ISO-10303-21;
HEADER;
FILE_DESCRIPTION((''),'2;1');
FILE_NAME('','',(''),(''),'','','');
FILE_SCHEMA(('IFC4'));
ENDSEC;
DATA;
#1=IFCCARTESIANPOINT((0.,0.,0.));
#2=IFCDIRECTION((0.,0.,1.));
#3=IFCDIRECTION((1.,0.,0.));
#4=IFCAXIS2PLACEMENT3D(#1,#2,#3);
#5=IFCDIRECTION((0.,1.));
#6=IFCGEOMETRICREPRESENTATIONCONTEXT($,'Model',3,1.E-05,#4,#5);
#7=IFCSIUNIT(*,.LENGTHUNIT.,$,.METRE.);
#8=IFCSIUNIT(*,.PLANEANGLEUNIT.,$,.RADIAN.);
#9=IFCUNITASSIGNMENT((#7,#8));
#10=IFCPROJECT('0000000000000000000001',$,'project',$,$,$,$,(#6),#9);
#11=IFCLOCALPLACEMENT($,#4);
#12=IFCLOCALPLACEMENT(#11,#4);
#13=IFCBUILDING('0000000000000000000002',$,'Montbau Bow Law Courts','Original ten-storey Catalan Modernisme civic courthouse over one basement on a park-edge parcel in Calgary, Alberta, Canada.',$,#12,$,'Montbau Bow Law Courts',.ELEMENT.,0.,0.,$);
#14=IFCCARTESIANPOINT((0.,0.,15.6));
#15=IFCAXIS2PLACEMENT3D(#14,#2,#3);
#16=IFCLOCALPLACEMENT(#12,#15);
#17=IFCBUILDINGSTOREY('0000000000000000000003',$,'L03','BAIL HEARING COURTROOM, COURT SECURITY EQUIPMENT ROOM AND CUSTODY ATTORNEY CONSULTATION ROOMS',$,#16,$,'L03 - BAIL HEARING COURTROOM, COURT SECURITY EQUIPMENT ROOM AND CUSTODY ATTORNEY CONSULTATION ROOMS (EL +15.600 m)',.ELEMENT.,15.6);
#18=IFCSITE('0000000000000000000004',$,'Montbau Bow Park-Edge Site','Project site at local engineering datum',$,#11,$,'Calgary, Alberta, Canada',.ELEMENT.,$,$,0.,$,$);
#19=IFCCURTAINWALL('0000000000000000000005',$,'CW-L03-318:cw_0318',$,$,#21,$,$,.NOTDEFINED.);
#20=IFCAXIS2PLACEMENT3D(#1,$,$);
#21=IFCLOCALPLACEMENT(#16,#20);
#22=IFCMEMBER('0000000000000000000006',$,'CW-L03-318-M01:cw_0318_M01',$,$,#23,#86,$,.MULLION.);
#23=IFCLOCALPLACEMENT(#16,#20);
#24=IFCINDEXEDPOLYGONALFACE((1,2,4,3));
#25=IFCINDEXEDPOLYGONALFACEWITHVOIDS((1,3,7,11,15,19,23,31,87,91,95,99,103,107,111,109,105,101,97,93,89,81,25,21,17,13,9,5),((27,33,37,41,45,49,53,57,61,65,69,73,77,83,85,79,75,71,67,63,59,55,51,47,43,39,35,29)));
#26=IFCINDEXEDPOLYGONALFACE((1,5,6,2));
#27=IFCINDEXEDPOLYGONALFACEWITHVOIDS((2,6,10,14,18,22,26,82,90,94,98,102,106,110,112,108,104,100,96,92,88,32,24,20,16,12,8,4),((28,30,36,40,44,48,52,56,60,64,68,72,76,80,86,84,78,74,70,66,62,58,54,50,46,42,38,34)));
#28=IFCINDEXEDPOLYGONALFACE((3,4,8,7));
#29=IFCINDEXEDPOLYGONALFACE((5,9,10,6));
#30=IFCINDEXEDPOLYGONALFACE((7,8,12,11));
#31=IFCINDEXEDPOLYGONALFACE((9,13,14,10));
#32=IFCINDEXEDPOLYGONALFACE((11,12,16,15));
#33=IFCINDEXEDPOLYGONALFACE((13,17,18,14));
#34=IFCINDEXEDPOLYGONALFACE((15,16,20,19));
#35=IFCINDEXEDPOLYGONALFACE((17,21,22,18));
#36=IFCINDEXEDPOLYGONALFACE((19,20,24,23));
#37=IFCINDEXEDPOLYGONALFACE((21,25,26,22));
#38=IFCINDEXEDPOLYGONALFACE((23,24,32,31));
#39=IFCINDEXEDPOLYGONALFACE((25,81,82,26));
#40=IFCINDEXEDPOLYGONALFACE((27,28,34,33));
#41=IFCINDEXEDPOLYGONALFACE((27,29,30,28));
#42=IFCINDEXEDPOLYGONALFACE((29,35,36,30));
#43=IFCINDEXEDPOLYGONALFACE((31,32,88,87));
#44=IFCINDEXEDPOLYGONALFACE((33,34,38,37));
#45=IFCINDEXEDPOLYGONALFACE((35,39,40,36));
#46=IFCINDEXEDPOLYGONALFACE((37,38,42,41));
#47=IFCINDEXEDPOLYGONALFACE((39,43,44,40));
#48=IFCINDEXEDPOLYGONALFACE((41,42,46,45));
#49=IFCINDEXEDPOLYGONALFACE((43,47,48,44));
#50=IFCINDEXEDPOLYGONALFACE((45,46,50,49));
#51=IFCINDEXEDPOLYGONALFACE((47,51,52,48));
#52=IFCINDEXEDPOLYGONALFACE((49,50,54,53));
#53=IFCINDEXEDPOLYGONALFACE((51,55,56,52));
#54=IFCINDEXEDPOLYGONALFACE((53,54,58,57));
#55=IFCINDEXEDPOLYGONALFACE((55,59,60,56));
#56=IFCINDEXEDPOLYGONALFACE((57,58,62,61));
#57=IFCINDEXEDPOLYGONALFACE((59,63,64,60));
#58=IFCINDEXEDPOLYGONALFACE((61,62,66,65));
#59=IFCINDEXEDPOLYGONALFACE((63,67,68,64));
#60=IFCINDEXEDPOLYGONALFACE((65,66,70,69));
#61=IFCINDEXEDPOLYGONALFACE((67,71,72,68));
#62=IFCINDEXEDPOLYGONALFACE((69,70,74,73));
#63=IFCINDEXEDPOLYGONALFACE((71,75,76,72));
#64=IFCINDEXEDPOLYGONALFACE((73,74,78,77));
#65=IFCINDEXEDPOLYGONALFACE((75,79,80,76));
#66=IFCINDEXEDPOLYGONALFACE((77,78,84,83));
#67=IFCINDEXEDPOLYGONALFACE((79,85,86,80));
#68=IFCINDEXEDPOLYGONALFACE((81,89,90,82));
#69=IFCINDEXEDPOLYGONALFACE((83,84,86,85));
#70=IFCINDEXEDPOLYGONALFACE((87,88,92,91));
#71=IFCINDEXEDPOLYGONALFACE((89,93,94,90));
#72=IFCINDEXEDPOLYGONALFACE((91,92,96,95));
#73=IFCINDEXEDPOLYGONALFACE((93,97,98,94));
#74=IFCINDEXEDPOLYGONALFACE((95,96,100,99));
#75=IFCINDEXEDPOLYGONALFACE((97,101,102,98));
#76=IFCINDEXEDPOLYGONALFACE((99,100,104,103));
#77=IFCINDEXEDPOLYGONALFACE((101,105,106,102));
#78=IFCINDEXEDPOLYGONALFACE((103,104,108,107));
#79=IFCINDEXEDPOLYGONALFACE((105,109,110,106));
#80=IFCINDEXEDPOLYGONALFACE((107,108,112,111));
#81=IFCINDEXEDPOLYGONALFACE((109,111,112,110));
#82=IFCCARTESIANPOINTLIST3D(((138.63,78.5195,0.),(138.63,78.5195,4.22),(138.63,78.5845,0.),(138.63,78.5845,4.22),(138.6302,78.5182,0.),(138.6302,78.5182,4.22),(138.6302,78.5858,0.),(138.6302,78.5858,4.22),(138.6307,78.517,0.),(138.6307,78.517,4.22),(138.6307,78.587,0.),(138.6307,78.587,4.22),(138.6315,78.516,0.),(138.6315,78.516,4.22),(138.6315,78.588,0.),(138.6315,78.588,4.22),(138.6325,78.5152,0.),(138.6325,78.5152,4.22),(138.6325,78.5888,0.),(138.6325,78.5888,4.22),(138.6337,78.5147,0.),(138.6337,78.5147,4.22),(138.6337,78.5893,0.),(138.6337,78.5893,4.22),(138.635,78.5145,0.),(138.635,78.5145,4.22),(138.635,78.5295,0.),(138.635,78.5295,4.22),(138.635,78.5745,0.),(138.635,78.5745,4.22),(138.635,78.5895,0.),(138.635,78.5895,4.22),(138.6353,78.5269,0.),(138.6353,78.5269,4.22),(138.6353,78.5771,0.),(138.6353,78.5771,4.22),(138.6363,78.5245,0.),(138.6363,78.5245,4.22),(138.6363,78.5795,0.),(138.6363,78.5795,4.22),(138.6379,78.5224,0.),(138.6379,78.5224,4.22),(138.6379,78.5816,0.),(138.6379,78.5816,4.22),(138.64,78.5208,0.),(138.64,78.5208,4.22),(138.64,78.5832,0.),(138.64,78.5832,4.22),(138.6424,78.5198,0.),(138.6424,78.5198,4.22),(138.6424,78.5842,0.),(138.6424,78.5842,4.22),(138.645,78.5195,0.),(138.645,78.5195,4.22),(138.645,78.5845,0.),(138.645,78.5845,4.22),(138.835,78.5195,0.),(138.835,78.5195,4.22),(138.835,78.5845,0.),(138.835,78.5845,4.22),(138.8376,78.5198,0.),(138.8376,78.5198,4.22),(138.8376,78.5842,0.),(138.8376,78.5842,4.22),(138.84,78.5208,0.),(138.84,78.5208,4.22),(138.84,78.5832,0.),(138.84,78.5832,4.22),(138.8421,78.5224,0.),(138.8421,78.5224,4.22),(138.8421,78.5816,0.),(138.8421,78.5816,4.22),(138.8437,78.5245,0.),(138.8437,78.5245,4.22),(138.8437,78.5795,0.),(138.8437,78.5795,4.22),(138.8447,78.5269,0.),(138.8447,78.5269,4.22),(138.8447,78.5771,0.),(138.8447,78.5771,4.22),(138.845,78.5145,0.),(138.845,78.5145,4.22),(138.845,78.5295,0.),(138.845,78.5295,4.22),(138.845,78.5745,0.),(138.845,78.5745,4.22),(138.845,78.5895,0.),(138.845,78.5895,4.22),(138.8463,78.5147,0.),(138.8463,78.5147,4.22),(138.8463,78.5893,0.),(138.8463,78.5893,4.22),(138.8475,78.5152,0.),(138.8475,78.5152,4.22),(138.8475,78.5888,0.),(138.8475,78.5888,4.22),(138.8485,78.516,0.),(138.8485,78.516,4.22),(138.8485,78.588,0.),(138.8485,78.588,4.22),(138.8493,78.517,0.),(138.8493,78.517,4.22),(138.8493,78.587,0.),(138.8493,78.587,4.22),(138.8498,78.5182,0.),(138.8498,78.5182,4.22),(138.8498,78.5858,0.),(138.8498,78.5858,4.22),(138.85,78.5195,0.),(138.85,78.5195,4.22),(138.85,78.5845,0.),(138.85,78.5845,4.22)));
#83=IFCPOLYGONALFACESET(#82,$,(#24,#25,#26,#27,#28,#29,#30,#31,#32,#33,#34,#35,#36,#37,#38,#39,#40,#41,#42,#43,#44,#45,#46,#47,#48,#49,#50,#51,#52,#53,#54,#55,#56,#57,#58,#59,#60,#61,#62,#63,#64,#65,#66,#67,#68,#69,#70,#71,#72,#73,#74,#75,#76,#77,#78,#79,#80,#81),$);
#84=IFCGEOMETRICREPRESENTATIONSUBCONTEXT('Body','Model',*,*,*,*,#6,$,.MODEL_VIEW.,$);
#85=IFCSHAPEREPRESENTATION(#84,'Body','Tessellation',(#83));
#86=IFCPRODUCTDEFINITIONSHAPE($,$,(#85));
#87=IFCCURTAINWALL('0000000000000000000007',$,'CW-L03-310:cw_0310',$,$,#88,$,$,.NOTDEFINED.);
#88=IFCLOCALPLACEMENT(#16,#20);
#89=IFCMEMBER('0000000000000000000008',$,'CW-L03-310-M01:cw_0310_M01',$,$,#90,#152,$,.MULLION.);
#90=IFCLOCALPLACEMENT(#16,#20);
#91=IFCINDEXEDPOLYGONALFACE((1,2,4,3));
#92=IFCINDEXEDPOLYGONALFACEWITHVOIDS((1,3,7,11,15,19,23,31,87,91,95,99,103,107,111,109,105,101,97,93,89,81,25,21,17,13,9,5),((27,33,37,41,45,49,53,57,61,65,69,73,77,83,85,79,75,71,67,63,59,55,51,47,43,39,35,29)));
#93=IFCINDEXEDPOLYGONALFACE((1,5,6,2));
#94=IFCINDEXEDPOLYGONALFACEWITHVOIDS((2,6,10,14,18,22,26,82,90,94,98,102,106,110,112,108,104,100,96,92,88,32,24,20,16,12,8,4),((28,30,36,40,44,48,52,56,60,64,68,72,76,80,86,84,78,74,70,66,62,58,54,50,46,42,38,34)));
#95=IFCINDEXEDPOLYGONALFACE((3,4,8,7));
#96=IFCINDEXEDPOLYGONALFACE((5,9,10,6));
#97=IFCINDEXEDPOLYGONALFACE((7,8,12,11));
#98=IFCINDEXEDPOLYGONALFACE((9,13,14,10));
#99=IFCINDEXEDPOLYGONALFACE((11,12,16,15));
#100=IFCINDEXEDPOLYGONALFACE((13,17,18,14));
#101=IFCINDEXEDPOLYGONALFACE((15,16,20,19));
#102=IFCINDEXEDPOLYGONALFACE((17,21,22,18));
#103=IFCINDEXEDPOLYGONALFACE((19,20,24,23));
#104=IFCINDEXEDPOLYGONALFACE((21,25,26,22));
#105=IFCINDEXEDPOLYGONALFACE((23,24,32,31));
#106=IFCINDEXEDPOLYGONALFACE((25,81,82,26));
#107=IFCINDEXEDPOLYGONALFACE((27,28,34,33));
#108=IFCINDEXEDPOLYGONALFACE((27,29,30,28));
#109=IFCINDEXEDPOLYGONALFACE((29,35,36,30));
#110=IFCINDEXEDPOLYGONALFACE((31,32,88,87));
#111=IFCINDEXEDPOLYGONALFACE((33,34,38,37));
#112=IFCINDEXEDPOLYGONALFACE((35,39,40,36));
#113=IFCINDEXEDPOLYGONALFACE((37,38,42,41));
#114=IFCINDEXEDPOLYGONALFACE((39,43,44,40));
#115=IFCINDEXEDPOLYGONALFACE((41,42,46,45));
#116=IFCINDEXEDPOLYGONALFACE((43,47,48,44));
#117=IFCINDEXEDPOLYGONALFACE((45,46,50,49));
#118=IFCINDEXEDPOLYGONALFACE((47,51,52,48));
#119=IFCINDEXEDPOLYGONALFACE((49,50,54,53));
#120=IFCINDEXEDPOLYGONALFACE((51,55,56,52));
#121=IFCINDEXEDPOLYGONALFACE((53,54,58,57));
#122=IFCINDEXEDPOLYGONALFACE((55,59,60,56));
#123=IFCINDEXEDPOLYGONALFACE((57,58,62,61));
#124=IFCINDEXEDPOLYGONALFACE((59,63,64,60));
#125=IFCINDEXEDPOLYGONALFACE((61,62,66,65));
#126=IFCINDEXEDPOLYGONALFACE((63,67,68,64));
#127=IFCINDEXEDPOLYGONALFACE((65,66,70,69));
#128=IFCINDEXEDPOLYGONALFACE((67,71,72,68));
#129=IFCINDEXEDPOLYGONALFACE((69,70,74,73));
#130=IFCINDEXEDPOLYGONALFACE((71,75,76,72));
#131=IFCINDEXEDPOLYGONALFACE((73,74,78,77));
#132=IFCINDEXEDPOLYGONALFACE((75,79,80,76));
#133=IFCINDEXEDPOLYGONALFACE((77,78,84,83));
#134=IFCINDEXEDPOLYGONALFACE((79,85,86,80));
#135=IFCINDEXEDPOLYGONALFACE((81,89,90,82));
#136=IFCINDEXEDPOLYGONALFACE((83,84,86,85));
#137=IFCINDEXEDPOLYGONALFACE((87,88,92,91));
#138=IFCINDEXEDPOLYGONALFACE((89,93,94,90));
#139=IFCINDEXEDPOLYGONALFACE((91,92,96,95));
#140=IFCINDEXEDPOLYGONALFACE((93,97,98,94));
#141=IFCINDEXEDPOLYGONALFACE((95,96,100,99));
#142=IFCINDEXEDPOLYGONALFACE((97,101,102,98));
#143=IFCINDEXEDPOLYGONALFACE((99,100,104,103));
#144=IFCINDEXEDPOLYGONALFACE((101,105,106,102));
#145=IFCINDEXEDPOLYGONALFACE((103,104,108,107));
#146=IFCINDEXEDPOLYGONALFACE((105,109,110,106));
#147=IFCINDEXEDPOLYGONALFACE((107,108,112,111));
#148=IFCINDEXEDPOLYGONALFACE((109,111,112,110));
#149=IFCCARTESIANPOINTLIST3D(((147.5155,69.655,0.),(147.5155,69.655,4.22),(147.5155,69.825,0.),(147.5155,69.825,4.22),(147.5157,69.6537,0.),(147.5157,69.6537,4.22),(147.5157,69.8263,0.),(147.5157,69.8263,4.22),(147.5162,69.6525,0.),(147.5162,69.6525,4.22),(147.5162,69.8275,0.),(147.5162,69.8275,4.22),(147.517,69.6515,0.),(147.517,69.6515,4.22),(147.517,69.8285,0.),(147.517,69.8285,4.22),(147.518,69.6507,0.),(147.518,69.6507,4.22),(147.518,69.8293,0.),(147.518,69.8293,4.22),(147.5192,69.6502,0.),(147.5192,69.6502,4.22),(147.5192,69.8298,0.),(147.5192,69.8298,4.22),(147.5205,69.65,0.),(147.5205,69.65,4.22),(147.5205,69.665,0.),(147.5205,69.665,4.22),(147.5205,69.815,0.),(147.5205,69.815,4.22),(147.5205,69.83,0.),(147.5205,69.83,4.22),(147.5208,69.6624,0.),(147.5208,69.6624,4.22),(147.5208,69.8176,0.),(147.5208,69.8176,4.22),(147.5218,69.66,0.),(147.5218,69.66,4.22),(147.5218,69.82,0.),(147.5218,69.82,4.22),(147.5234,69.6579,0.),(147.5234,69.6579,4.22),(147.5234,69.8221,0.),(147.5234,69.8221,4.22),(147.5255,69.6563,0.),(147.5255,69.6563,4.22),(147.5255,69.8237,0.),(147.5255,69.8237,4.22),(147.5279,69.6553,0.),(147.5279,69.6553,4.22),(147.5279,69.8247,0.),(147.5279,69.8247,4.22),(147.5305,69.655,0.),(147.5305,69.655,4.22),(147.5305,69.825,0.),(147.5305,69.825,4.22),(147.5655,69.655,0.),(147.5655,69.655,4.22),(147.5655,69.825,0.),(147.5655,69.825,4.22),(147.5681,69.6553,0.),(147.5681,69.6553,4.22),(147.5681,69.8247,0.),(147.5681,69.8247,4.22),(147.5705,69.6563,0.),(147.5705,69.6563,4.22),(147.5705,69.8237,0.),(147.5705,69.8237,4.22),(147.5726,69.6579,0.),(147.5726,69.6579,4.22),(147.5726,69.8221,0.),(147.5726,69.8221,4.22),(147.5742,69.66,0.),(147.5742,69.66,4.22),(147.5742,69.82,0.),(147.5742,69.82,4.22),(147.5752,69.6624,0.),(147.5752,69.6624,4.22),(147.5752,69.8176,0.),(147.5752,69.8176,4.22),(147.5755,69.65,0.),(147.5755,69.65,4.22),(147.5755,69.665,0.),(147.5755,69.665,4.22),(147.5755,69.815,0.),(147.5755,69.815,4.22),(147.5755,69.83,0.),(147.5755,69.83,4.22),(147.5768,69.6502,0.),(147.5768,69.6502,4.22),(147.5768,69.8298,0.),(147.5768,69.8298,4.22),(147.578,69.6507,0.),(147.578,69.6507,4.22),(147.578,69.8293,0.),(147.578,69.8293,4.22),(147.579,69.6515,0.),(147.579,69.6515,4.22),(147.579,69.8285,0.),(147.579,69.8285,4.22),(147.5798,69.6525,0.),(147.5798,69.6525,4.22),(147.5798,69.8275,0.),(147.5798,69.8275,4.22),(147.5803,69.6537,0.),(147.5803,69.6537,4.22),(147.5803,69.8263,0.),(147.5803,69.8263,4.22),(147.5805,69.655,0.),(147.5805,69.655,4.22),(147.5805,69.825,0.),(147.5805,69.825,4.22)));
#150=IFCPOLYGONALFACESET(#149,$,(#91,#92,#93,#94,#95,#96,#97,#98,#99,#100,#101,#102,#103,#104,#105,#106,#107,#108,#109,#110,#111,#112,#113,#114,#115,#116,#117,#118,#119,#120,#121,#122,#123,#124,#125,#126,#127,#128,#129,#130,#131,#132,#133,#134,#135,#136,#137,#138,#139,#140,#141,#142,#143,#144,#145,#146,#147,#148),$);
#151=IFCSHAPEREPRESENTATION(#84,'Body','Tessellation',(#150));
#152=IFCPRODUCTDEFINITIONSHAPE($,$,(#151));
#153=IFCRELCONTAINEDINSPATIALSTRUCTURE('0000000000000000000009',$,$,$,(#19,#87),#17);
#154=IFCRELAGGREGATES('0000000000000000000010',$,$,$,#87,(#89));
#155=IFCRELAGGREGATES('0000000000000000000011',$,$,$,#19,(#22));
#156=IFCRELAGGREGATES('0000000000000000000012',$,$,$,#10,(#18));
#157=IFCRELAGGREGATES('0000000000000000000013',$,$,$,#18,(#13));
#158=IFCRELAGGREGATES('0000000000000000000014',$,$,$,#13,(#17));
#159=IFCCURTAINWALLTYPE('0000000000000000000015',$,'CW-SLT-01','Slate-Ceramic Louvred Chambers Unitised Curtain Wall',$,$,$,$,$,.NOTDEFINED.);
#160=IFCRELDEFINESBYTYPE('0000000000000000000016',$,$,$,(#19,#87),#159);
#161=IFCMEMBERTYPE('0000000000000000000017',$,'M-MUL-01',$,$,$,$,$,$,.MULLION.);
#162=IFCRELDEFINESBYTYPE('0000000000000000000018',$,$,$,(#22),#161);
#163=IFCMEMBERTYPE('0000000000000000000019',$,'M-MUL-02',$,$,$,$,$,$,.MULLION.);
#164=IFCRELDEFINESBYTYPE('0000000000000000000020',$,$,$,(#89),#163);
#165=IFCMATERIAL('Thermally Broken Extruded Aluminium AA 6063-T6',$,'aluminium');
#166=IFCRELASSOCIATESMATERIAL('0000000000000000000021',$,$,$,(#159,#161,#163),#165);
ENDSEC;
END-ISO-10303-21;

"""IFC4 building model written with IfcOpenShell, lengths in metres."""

from ifc_helpers import new_model, si_unit, direction, frame, origin_with_axes, origin_2d_with_axis, place, context, subcontext, project, spatial, hollow_rectangle, extrude, material, material_profile, profile_set, type_object, element, aggregate, save


model = new_model("IFC4")

# Units and contexts
model_context = context("Model", 3, precision=1e-05, world=origin_with_axes(), true_north=direction((0.0, 1.0)))
body_context = subcontext(model_context, "Body", "Model", "MODEL_VIEW")
ifc_project = project(units=[si_unit("LENGTHUNIT", "METRE"), si_unit("PLANEANGLEUNIT", "RADIAN")], contexts=[model_context])

# Site, building, storey
site_placement = place(None, origin_with_axes())
site = spatial("IfcSite", under=ifc_project, at=site_placement, Name="Montbau Bow Park-Edge Site", Description="Project site at local engineering datum", LongName="Calgary, Alberta, Canada", CompositionType="ELEMENT", RefElevation=0.0)
building_placement = place(site_placement, origin_with_axes())
building = spatial("IfcBuilding", under=site, at=building_placement, Name="Montbau Bow Law Courts", Description="Original ten-storey Catalan Modernisme civic courthouse over one basement on a park-edge parcel in Calgary, Alberta, Canada.", LongName="Montbau Bow Law Courts", CompositionType="ELEMENT", ElevationOfRefHeight=0.0, ElevationOfTerrain=0.0)
storey_placement = place(building_placement, frame((0.0, 0.0, 15.6), z_axis=(0.0, 0.0, 1.0), x_axis=(1.0, 0.0, 0.0)))
storey = spatial("IfcBuildingStorey", under=building, at=storey_placement, Name="L03", Description="BAIL HEARING COURTROOM, COURT SECURITY EQUIPMENT ROOM AND CUSTODY ATTORNEY CONSULTATION ROOMS", LongName="L03 - BAIL HEARING COURTROOM, COURT SECURITY EQUIPMENT ROOM AND CUSTODY ATTORNEY CONSULTATION ROOMS (EL +15.600 m)", CompositionType="ELEMENT", Elevation=15.6)

# Curtain wall, member
ifc_material_1 = material(Name="Thermally Broken Extruded Aluminium AA 6063-T6", Category="aluminium")
curtain_wall_type = type_object("IfcCurtainWallType", Name="CW-SLT-01", Description="Slate-Ceramic Louvred Chambers Unitised Curtain Wall", PredefinedType="NOTDEFINED", material=ifc_material_1)
curtain_wall_1_placement = place(None, frame((138.74, 78.515, 15.6), z_axis=(0.0, 0.0, 1.0), x_axis=(1.0, 0.0, 0.0)))
curtain_wall_1 = element("IfcCurtainWall", 1, at=curtain_wall_1_placement, inside=storey, type_object=curtain_wall_type, Name="CW-L03-318:cw_0318", PredefinedType="NOTDEFINED")
ifc_material_profile_1 = material_profile(ifc_material_1, hollow_rectangle(XDim=0.075, YDim=0.22, WallThickness=0.005, InnerFilletRadius=0.01, OuterFilletRadius=0.005, at=origin_2d_with_axis()), Name="CWM-220X75", Category="Main", Priority=0)
ifc_profile_set_1 = profile_set([ifc_material_profile_1], Name="Thermally Broken Extruded Aluminium AA 6063-T6")
member_type_1 = type_object("IfcMemberType", Name="M-MUL-01", PredefinedType="MULLION", material=ifc_profile_set_1)
member_1_placement = place(None, frame((138.74, 78.552, 15.6), z_axis=(0.0, 0.0, 1.0), x_axis=(0.0, 1.0, 0.0)))
member_1 = element("IfcMember", 2, at=member_1_placement, type_object=member_type_1, Name="CW-L03-318-M01:cw_0318_M01", PredefinedType="MULLION", context=body_context, shape_type="SweptSolid", body=[
    extrude(hollow_rectangle(XDim=0.075, YDim=0.22, WallThickness=0.005, InnerFilletRadius=0.01, OuterFilletRadius=0.005, at=origin_2d_with_axis()), origin_with_axes(), (0.0, 0.0, 1.0), 4.22),
])

# Curtain wall, member
curtain_wall_2_placement = place(None, frame((147.515, 69.74, 15.6), z_axis=(0.0, 0.0, 1.0), x_axis=(1.0, 0.0, 0.0)))
curtain_wall_2 = element("IfcCurtainWall", 3, at=curtain_wall_2_placement, inside=storey, type_object=curtain_wall_type, Name="CW-L03-310:cw_0310", PredefinedType="NOTDEFINED")
ifc_material_profile_2 = material_profile(ifc_material_1, hollow_rectangle(XDim=0.065, YDim=0.18, WallThickness=0.005, InnerFilletRadius=0.01, OuterFilletRadius=0.005, at=origin_2d_with_axis()), Name="CWM-180X65", Category="Main", Priority=0)
ifc_profile_set_2 = profile_set([ifc_material_profile_2], Name="Thermally Broken Extruded Aluminium AA 6063-T6")
member_type_2 = type_object("IfcMemberType", Name="M-MUL-02", PredefinedType="MULLION", material=ifc_profile_set_2)
member_2_placement = place(None, frame((147.548, 69.74, 15.6), z_axis=(0.0, 0.0, 1.0), x_axis=(1.0, 0.0, 0.0)))
member_2 = element("IfcMember", 4, at=member_2_placement, type_object=member_type_2, Name="CW-L03-310-M01:cw_0310_M01", PredefinedType="MULLION", context=body_context, shape_type="SweptSolid", body=[
    extrude(hollow_rectangle(XDim=0.065, YDim=0.18, WallThickness=0.005, InnerFilletRadius=0.01, OuterFilletRadius=0.005, at=origin_2d_with_axis()), origin_with_axes(), (0.0, 0.0, 1.0), 4.22),
])

aggregate(curtain_wall_2, [member_2])
aggregate(curtain_wall_1, [member_1])

save(model, "model.ifc")
